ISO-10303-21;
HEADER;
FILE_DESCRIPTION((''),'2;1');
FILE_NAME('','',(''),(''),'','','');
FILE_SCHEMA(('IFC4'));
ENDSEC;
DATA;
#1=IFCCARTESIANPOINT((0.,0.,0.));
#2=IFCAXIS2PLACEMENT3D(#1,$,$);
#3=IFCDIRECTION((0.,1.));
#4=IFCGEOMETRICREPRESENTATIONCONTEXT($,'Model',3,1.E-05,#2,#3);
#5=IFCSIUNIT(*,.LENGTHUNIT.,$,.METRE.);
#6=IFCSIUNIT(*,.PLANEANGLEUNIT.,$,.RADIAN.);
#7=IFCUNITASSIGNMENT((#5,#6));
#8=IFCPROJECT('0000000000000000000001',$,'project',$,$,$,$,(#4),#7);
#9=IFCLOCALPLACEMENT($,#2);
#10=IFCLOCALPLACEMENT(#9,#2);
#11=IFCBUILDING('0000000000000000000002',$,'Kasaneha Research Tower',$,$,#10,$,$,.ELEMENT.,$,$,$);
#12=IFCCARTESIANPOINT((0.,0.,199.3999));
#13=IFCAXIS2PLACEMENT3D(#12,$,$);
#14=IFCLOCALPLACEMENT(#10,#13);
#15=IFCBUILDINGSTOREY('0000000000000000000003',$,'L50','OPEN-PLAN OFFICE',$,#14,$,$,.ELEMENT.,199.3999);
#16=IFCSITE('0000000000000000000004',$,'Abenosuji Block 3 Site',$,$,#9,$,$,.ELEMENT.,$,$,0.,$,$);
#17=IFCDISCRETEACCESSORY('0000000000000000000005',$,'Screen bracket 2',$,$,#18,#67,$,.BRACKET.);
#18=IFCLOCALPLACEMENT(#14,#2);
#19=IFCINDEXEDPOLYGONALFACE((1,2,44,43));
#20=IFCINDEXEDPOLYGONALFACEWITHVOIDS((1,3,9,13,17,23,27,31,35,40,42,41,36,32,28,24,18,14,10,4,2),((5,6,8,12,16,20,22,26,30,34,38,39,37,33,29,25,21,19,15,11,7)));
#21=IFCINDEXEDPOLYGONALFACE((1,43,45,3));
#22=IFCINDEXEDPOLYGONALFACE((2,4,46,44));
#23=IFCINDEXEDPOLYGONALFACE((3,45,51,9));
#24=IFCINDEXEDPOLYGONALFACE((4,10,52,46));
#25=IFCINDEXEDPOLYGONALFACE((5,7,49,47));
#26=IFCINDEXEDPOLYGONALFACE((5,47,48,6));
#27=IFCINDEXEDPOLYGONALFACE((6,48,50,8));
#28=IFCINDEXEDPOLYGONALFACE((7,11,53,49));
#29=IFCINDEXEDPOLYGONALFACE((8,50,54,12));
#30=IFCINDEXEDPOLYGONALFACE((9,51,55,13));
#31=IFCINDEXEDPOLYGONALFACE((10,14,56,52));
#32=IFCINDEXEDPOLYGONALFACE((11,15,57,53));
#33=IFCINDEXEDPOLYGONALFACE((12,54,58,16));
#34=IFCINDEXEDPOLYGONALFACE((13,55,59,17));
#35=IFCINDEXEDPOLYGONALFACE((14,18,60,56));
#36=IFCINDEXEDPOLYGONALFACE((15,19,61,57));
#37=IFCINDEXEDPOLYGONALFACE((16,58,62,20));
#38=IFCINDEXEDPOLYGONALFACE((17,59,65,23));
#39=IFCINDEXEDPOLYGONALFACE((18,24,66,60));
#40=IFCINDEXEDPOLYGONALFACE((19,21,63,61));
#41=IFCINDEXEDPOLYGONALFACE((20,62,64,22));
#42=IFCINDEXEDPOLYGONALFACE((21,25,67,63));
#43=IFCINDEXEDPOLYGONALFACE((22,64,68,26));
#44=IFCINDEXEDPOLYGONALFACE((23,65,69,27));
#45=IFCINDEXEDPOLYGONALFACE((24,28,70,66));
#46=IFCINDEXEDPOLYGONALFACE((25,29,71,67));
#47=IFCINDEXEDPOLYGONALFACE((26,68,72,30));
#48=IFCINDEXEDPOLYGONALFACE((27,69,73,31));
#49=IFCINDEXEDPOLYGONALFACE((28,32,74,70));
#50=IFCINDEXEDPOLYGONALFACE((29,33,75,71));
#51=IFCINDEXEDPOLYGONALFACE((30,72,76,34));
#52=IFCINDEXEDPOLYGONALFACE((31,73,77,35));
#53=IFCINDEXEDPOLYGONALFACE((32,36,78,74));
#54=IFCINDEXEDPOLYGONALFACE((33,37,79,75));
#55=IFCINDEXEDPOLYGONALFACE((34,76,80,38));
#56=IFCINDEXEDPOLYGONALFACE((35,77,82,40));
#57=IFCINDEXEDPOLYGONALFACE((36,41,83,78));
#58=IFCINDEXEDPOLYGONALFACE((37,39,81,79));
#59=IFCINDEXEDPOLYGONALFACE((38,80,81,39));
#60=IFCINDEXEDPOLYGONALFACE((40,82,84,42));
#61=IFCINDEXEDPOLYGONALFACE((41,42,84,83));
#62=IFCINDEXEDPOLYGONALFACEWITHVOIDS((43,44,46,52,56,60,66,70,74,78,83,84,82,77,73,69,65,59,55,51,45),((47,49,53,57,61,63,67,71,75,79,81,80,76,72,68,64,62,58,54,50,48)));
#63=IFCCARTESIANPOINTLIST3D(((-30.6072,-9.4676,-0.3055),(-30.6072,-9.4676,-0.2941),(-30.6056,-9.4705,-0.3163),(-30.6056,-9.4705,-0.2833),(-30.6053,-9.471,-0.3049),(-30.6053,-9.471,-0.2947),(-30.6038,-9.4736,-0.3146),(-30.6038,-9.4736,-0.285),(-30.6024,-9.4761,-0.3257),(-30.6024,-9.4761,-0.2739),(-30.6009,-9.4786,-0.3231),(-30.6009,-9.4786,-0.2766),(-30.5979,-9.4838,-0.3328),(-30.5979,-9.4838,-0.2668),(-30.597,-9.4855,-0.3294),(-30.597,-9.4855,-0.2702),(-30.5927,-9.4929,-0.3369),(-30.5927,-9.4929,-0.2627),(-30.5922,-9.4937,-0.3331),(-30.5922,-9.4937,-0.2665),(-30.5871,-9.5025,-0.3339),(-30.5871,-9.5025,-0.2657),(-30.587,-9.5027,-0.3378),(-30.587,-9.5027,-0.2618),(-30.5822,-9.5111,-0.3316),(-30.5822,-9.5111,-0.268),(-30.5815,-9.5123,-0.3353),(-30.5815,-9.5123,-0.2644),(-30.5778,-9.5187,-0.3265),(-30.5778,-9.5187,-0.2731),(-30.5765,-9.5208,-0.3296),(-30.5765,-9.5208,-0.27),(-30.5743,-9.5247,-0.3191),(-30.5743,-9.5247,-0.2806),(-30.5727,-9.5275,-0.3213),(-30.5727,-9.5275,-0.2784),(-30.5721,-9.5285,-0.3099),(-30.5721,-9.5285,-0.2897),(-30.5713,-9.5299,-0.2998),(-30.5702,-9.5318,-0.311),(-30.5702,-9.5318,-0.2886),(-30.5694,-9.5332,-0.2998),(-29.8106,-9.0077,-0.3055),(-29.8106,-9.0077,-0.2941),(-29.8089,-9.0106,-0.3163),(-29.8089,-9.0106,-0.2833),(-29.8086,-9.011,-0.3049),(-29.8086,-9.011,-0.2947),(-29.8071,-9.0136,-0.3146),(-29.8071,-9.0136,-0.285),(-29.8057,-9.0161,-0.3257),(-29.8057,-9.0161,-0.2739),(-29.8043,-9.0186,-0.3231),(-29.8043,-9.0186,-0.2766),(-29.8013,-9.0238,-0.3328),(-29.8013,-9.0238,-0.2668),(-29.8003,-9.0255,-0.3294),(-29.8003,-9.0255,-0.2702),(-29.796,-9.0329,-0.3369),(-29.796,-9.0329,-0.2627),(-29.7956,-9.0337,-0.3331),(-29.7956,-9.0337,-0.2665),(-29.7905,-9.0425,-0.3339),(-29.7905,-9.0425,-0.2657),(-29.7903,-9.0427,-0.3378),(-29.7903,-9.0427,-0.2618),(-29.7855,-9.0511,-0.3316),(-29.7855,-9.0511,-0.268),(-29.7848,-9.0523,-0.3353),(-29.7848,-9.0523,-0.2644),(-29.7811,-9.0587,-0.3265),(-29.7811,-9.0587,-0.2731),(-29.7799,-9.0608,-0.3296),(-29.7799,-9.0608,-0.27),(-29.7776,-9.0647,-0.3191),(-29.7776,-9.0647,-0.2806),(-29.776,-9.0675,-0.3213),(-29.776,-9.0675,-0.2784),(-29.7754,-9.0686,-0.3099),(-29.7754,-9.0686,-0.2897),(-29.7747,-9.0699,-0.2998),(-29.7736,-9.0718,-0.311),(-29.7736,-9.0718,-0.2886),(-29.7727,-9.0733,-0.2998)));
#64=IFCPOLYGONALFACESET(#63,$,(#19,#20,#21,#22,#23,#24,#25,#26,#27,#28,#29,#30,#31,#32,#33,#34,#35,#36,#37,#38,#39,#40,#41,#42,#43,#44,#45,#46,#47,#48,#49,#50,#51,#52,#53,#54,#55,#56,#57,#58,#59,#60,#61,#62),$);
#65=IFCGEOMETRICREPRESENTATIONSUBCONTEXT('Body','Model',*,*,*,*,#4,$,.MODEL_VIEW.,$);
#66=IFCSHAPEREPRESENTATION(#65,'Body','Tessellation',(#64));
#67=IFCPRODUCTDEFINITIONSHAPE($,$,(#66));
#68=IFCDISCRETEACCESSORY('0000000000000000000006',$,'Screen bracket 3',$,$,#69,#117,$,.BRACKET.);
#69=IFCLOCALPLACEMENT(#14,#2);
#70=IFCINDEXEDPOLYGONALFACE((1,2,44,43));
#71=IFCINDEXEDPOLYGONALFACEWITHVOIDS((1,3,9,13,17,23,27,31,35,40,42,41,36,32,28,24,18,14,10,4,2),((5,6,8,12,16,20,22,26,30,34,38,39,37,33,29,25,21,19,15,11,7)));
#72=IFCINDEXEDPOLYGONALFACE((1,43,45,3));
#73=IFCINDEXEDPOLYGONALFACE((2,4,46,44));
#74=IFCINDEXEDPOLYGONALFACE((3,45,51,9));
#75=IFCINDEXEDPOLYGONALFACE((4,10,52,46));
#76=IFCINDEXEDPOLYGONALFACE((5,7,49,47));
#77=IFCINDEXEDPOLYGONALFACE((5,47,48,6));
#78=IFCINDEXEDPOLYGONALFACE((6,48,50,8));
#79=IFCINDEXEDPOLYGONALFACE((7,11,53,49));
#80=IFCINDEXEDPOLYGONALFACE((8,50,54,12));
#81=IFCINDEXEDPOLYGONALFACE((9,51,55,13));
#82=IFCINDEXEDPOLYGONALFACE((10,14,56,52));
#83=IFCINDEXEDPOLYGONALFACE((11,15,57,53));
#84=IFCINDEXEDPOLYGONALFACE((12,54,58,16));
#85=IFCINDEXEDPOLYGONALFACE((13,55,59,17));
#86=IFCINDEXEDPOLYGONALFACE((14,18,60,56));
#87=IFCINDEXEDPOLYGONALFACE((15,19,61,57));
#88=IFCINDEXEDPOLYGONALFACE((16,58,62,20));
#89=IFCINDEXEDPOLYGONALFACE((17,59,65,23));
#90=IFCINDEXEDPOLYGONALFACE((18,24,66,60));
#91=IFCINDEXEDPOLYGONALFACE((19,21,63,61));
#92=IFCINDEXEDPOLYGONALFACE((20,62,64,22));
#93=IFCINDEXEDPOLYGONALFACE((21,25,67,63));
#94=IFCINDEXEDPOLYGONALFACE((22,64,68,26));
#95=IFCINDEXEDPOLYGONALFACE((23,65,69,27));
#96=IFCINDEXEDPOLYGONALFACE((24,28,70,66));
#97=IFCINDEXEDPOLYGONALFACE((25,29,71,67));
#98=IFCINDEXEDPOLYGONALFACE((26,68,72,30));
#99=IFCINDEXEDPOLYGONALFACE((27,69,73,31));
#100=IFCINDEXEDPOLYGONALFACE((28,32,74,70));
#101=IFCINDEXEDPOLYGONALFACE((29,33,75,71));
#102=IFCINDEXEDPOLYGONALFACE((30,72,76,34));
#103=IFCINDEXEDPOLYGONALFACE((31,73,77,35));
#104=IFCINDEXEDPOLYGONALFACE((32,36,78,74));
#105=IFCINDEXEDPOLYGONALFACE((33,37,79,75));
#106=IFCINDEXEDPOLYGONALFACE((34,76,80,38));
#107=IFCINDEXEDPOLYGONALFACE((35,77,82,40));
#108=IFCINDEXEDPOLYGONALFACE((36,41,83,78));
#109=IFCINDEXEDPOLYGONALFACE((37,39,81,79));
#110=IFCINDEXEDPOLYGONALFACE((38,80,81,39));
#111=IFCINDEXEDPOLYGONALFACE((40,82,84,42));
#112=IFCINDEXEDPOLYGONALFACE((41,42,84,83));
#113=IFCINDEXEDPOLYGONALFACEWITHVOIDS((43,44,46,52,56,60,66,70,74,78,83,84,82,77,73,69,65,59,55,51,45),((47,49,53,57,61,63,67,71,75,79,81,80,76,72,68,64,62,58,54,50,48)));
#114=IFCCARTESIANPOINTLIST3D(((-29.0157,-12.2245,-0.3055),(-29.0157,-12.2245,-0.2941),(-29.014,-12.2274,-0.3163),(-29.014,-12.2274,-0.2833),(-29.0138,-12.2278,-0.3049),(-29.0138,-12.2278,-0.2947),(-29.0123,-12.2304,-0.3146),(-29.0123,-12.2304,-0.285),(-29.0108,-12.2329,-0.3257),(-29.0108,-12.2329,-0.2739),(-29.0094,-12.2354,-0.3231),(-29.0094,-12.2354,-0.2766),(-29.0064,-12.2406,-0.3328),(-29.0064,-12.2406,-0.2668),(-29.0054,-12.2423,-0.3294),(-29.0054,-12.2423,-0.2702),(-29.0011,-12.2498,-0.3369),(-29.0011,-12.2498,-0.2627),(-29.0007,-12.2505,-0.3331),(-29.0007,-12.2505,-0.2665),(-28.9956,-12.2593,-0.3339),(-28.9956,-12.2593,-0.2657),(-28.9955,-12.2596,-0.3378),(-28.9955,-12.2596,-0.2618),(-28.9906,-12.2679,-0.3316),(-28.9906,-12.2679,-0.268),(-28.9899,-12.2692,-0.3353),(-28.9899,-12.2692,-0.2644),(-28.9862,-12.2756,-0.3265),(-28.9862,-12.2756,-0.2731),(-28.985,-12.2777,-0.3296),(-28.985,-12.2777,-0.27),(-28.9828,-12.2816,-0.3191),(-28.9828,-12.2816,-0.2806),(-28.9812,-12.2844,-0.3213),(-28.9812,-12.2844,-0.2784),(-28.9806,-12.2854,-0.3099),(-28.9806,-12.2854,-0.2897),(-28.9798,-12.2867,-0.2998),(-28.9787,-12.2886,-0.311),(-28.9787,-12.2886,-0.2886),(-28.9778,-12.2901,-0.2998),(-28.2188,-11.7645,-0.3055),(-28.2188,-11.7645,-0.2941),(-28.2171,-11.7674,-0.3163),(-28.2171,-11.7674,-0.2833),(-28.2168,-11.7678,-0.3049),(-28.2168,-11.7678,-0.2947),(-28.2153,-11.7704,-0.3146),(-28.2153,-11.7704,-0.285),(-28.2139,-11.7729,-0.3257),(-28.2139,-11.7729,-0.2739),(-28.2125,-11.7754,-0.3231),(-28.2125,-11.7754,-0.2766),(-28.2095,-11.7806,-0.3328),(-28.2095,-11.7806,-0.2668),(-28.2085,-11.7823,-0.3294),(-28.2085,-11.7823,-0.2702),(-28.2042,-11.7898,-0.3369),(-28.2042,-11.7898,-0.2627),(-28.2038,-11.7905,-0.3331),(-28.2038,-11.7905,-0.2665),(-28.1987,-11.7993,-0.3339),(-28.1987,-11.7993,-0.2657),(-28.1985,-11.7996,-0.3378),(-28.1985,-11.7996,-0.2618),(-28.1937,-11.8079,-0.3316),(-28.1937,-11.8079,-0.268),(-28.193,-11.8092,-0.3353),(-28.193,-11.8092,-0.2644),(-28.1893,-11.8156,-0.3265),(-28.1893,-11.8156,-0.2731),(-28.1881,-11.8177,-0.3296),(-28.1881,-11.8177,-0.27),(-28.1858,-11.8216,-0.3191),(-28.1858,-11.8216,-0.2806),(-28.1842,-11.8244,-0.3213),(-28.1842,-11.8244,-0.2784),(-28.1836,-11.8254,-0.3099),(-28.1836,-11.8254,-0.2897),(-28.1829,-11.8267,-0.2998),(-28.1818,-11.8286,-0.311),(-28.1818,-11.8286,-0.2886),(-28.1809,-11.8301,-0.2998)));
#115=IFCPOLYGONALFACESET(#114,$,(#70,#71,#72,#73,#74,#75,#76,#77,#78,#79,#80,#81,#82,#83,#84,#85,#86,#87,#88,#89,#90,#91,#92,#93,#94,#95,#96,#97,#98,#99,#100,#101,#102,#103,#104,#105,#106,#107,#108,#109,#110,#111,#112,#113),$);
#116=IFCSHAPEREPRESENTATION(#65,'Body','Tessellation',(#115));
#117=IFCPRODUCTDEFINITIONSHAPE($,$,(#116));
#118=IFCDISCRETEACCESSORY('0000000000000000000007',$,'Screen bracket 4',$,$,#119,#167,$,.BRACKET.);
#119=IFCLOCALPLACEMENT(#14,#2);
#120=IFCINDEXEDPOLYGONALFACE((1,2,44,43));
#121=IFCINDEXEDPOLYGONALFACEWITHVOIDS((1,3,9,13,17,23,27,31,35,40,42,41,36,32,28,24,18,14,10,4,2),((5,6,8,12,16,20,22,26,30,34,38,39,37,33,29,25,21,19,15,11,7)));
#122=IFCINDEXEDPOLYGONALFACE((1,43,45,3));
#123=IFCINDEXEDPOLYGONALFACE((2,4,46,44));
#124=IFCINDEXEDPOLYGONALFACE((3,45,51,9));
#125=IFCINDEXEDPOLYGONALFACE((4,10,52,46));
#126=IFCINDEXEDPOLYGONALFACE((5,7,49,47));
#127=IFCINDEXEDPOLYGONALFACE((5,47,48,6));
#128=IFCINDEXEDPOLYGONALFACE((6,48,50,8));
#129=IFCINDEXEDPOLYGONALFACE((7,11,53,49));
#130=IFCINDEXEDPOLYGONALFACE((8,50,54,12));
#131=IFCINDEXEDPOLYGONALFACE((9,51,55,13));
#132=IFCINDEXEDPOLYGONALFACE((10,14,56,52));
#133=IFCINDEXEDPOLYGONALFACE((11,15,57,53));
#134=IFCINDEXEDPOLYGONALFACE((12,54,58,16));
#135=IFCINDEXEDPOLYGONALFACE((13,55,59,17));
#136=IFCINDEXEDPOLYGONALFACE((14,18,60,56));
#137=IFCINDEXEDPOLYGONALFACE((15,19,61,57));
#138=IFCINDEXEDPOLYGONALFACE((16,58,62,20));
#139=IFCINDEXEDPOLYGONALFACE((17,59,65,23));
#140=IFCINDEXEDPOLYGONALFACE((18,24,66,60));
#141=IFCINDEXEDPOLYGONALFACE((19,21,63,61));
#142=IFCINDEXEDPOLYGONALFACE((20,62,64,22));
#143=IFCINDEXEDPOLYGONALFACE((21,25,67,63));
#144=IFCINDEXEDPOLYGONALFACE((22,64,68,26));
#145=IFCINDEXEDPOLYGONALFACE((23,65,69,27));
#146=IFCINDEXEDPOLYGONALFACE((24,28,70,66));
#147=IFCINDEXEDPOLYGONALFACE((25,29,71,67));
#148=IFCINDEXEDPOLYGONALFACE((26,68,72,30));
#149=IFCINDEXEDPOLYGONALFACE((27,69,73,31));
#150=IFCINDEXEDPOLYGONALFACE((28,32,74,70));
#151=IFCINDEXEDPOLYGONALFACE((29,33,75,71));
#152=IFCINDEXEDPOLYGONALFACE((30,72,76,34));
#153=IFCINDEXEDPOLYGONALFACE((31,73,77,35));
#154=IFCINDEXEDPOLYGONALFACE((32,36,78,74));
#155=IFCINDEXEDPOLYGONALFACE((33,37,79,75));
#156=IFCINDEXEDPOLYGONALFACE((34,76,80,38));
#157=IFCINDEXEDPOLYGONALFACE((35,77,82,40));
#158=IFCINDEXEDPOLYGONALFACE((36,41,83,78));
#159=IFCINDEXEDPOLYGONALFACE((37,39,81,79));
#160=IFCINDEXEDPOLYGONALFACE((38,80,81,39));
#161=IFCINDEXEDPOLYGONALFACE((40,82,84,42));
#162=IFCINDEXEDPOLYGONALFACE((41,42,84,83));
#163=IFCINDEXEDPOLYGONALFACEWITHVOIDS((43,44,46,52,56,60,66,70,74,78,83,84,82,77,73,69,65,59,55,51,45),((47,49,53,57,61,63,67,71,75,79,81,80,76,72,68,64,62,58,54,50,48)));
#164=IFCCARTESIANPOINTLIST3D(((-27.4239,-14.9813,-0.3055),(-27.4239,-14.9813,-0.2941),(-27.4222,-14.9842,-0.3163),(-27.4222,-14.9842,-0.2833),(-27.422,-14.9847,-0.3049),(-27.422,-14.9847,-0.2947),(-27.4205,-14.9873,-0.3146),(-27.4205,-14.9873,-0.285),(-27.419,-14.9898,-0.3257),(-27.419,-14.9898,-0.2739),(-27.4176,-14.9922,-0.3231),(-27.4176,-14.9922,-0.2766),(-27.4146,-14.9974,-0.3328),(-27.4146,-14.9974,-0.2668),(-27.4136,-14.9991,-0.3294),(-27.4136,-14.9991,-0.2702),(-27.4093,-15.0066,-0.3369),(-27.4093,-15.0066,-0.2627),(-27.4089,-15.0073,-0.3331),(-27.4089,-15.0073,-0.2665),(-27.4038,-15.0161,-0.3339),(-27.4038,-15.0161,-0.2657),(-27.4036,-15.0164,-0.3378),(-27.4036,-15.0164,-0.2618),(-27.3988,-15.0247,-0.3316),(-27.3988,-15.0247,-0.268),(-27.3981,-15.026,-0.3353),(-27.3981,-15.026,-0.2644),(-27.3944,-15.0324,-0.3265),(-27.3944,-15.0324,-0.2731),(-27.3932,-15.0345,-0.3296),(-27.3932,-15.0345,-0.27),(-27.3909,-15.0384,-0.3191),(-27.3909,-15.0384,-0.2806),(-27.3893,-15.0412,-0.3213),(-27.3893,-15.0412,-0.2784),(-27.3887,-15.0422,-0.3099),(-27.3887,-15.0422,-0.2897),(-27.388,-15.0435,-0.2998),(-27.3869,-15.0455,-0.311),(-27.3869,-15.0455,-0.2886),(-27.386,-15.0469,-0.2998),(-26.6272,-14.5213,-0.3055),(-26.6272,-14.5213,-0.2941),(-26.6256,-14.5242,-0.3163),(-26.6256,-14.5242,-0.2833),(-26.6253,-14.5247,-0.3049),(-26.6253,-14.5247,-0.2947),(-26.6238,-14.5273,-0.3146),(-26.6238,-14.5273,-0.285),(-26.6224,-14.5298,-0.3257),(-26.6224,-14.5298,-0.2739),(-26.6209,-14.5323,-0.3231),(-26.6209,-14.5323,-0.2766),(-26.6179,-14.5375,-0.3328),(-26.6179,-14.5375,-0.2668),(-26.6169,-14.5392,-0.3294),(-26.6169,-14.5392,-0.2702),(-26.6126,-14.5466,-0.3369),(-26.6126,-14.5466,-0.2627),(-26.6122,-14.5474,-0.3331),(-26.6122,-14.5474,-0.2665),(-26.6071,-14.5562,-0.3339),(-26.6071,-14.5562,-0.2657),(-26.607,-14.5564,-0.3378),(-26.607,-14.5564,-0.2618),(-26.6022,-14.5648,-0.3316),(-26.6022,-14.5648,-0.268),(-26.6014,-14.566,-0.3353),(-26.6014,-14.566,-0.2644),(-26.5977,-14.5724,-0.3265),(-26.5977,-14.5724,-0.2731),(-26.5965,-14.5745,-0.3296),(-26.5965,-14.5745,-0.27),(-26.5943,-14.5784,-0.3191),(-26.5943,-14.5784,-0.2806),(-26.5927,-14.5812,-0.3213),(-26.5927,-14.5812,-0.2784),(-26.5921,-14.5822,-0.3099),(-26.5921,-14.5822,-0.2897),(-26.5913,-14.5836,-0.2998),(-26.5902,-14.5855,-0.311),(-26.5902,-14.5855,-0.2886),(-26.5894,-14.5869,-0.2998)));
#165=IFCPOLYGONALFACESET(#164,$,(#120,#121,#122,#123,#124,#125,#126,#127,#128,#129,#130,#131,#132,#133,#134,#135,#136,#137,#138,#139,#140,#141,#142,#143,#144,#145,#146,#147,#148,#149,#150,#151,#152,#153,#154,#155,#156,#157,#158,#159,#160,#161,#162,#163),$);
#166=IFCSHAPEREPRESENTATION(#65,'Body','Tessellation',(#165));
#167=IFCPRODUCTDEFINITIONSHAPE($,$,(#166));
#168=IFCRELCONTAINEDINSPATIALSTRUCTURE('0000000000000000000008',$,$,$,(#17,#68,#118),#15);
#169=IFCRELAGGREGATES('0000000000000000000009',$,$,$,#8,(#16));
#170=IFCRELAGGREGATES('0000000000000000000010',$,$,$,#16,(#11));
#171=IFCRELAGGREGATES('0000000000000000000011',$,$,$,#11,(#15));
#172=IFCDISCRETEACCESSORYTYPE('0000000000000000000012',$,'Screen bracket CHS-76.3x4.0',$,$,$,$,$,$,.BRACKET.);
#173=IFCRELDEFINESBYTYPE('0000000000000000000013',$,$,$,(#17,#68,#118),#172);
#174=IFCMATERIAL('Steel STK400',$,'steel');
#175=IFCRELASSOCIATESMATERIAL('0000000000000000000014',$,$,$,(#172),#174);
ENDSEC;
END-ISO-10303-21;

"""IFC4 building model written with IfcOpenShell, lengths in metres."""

from ifc_helpers import new_model, si_unit, direction, frame, origin, origin_2d, place, context, subcontext, project, spatial, hollow_circle, extrude, material, material_profile, profile_set, type_object, element, save


model = new_model("IFC4")

# Units and contexts
model_context = context("Model", 3, precision=1e-05, world=origin(), true_north=direction((0.0, 1.0)))
body_context = subcontext(model_context, "Body", "Model", "MODEL_VIEW")
ifc_project = project(units=[si_unit("LENGTHUNIT", "METRE"), si_unit("PLANEANGLEUNIT", "RADIAN")], contexts=[model_context])

# Site, building, storey
site_placement = place(None, origin())
site = spatial("IfcSite", under=ifc_project, at=site_placement, Name="Abenosuji Block 3 Site", CompositionType="ELEMENT", RefElevation=0.0)
building_placement = place(site_placement, origin())
building = spatial("IfcBuilding", under=site, at=building_placement, Name="Kasaneha Research Tower", CompositionType="ELEMENT")
storey_placement = place(building_placement, frame((0.0, 0.0, 199.3999)))
storey = spatial("IfcBuildingStorey", under=building, at=storey_placement, Name="L50", Description="OPEN-PLAN OFFICE", CompositionType="ELEMENT", Elevation=199.3999)

# Discrete accessories
ifc_material_1 = material(Name="Steel STK400", Category="steel")
ifc_material_profile_1 = material_profile(ifc_material_1, hollow_circle(Radius=0.0381, WallThickness=0.0039, at=origin_2d()), Name="CHS-76.3x4.0")
ifc_profile_set_1 = profile_set([ifc_material_profile_1], Name="Steel STK400")
discrete_accessory_type = type_object("IfcDiscreteAccessoryType", Name="Screen bracket CHS-76.3x4.0", PredefinedType="BRACKET", material=ifc_profile_set_1)
discrete_accessory_1_placement = place(storey_placement, frame((-29.7917, -9.0403, -0.2998), z_axis=(-0.866013, -0.500021, 0.0), x_axis=(0.500021, -0.866013, 0.0)))
element("IfcDiscreteAccessory", 1, at=discrete_accessory_1_placement, inside=storey, type_object=discrete_accessory_type, Name="Screen bracket 2", PredefinedType="BRACKET", context=body_context, shape_type="SweptSolid", body=[
    extrude(hollow_circle(Radius=0.0381, WallThickness=0.0039, at=origin_2d()), origin(), (0.0, 0.0, 1.0), 0.9199),
])
discrete_accessory_2_placement = place(storey_placement, frame((-28.2, -11.7971, -0.2998), z_axis=(-0.86608, -0.499906, 0.0), x_axis=(0.499906, -0.86608, 0.0)))
element("IfcDiscreteAccessory", 2, at=discrete_accessory_2_placement, inside=storey, type_object=discrete_accessory_type, Name="Screen bracket 3", PredefinedType="BRACKET", context=body_context, shape_type="SweptSolid", body=[
    extrude(hollow_circle(Radius=0.0381, WallThickness=0.0039, at=origin_2d()), origin(), (0.0, 0.0, 1.0), 0.9202),
])
discrete_accessory_3_placement = place(storey_placement, frame((-26.6084, -14.554, -0.2998), z_axis=(-0.866013, -0.500021, 0.0), x_axis=(0.500021, -0.866013, 0.0)))
element("IfcDiscreteAccessory", 3, at=discrete_accessory_3_placement, inside=storey, type_object=discrete_accessory_type, Name="Screen bracket 4", PredefinedType="BRACKET", context=body_context, shape_type="SweptSolid", body=[
    extrude(hollow_circle(Radius=0.0381, WallThickness=0.0039, at=origin_2d()), origin(), (0.0, 0.0, 1.0), 0.9199),
])

save(model, "model.ifc")
